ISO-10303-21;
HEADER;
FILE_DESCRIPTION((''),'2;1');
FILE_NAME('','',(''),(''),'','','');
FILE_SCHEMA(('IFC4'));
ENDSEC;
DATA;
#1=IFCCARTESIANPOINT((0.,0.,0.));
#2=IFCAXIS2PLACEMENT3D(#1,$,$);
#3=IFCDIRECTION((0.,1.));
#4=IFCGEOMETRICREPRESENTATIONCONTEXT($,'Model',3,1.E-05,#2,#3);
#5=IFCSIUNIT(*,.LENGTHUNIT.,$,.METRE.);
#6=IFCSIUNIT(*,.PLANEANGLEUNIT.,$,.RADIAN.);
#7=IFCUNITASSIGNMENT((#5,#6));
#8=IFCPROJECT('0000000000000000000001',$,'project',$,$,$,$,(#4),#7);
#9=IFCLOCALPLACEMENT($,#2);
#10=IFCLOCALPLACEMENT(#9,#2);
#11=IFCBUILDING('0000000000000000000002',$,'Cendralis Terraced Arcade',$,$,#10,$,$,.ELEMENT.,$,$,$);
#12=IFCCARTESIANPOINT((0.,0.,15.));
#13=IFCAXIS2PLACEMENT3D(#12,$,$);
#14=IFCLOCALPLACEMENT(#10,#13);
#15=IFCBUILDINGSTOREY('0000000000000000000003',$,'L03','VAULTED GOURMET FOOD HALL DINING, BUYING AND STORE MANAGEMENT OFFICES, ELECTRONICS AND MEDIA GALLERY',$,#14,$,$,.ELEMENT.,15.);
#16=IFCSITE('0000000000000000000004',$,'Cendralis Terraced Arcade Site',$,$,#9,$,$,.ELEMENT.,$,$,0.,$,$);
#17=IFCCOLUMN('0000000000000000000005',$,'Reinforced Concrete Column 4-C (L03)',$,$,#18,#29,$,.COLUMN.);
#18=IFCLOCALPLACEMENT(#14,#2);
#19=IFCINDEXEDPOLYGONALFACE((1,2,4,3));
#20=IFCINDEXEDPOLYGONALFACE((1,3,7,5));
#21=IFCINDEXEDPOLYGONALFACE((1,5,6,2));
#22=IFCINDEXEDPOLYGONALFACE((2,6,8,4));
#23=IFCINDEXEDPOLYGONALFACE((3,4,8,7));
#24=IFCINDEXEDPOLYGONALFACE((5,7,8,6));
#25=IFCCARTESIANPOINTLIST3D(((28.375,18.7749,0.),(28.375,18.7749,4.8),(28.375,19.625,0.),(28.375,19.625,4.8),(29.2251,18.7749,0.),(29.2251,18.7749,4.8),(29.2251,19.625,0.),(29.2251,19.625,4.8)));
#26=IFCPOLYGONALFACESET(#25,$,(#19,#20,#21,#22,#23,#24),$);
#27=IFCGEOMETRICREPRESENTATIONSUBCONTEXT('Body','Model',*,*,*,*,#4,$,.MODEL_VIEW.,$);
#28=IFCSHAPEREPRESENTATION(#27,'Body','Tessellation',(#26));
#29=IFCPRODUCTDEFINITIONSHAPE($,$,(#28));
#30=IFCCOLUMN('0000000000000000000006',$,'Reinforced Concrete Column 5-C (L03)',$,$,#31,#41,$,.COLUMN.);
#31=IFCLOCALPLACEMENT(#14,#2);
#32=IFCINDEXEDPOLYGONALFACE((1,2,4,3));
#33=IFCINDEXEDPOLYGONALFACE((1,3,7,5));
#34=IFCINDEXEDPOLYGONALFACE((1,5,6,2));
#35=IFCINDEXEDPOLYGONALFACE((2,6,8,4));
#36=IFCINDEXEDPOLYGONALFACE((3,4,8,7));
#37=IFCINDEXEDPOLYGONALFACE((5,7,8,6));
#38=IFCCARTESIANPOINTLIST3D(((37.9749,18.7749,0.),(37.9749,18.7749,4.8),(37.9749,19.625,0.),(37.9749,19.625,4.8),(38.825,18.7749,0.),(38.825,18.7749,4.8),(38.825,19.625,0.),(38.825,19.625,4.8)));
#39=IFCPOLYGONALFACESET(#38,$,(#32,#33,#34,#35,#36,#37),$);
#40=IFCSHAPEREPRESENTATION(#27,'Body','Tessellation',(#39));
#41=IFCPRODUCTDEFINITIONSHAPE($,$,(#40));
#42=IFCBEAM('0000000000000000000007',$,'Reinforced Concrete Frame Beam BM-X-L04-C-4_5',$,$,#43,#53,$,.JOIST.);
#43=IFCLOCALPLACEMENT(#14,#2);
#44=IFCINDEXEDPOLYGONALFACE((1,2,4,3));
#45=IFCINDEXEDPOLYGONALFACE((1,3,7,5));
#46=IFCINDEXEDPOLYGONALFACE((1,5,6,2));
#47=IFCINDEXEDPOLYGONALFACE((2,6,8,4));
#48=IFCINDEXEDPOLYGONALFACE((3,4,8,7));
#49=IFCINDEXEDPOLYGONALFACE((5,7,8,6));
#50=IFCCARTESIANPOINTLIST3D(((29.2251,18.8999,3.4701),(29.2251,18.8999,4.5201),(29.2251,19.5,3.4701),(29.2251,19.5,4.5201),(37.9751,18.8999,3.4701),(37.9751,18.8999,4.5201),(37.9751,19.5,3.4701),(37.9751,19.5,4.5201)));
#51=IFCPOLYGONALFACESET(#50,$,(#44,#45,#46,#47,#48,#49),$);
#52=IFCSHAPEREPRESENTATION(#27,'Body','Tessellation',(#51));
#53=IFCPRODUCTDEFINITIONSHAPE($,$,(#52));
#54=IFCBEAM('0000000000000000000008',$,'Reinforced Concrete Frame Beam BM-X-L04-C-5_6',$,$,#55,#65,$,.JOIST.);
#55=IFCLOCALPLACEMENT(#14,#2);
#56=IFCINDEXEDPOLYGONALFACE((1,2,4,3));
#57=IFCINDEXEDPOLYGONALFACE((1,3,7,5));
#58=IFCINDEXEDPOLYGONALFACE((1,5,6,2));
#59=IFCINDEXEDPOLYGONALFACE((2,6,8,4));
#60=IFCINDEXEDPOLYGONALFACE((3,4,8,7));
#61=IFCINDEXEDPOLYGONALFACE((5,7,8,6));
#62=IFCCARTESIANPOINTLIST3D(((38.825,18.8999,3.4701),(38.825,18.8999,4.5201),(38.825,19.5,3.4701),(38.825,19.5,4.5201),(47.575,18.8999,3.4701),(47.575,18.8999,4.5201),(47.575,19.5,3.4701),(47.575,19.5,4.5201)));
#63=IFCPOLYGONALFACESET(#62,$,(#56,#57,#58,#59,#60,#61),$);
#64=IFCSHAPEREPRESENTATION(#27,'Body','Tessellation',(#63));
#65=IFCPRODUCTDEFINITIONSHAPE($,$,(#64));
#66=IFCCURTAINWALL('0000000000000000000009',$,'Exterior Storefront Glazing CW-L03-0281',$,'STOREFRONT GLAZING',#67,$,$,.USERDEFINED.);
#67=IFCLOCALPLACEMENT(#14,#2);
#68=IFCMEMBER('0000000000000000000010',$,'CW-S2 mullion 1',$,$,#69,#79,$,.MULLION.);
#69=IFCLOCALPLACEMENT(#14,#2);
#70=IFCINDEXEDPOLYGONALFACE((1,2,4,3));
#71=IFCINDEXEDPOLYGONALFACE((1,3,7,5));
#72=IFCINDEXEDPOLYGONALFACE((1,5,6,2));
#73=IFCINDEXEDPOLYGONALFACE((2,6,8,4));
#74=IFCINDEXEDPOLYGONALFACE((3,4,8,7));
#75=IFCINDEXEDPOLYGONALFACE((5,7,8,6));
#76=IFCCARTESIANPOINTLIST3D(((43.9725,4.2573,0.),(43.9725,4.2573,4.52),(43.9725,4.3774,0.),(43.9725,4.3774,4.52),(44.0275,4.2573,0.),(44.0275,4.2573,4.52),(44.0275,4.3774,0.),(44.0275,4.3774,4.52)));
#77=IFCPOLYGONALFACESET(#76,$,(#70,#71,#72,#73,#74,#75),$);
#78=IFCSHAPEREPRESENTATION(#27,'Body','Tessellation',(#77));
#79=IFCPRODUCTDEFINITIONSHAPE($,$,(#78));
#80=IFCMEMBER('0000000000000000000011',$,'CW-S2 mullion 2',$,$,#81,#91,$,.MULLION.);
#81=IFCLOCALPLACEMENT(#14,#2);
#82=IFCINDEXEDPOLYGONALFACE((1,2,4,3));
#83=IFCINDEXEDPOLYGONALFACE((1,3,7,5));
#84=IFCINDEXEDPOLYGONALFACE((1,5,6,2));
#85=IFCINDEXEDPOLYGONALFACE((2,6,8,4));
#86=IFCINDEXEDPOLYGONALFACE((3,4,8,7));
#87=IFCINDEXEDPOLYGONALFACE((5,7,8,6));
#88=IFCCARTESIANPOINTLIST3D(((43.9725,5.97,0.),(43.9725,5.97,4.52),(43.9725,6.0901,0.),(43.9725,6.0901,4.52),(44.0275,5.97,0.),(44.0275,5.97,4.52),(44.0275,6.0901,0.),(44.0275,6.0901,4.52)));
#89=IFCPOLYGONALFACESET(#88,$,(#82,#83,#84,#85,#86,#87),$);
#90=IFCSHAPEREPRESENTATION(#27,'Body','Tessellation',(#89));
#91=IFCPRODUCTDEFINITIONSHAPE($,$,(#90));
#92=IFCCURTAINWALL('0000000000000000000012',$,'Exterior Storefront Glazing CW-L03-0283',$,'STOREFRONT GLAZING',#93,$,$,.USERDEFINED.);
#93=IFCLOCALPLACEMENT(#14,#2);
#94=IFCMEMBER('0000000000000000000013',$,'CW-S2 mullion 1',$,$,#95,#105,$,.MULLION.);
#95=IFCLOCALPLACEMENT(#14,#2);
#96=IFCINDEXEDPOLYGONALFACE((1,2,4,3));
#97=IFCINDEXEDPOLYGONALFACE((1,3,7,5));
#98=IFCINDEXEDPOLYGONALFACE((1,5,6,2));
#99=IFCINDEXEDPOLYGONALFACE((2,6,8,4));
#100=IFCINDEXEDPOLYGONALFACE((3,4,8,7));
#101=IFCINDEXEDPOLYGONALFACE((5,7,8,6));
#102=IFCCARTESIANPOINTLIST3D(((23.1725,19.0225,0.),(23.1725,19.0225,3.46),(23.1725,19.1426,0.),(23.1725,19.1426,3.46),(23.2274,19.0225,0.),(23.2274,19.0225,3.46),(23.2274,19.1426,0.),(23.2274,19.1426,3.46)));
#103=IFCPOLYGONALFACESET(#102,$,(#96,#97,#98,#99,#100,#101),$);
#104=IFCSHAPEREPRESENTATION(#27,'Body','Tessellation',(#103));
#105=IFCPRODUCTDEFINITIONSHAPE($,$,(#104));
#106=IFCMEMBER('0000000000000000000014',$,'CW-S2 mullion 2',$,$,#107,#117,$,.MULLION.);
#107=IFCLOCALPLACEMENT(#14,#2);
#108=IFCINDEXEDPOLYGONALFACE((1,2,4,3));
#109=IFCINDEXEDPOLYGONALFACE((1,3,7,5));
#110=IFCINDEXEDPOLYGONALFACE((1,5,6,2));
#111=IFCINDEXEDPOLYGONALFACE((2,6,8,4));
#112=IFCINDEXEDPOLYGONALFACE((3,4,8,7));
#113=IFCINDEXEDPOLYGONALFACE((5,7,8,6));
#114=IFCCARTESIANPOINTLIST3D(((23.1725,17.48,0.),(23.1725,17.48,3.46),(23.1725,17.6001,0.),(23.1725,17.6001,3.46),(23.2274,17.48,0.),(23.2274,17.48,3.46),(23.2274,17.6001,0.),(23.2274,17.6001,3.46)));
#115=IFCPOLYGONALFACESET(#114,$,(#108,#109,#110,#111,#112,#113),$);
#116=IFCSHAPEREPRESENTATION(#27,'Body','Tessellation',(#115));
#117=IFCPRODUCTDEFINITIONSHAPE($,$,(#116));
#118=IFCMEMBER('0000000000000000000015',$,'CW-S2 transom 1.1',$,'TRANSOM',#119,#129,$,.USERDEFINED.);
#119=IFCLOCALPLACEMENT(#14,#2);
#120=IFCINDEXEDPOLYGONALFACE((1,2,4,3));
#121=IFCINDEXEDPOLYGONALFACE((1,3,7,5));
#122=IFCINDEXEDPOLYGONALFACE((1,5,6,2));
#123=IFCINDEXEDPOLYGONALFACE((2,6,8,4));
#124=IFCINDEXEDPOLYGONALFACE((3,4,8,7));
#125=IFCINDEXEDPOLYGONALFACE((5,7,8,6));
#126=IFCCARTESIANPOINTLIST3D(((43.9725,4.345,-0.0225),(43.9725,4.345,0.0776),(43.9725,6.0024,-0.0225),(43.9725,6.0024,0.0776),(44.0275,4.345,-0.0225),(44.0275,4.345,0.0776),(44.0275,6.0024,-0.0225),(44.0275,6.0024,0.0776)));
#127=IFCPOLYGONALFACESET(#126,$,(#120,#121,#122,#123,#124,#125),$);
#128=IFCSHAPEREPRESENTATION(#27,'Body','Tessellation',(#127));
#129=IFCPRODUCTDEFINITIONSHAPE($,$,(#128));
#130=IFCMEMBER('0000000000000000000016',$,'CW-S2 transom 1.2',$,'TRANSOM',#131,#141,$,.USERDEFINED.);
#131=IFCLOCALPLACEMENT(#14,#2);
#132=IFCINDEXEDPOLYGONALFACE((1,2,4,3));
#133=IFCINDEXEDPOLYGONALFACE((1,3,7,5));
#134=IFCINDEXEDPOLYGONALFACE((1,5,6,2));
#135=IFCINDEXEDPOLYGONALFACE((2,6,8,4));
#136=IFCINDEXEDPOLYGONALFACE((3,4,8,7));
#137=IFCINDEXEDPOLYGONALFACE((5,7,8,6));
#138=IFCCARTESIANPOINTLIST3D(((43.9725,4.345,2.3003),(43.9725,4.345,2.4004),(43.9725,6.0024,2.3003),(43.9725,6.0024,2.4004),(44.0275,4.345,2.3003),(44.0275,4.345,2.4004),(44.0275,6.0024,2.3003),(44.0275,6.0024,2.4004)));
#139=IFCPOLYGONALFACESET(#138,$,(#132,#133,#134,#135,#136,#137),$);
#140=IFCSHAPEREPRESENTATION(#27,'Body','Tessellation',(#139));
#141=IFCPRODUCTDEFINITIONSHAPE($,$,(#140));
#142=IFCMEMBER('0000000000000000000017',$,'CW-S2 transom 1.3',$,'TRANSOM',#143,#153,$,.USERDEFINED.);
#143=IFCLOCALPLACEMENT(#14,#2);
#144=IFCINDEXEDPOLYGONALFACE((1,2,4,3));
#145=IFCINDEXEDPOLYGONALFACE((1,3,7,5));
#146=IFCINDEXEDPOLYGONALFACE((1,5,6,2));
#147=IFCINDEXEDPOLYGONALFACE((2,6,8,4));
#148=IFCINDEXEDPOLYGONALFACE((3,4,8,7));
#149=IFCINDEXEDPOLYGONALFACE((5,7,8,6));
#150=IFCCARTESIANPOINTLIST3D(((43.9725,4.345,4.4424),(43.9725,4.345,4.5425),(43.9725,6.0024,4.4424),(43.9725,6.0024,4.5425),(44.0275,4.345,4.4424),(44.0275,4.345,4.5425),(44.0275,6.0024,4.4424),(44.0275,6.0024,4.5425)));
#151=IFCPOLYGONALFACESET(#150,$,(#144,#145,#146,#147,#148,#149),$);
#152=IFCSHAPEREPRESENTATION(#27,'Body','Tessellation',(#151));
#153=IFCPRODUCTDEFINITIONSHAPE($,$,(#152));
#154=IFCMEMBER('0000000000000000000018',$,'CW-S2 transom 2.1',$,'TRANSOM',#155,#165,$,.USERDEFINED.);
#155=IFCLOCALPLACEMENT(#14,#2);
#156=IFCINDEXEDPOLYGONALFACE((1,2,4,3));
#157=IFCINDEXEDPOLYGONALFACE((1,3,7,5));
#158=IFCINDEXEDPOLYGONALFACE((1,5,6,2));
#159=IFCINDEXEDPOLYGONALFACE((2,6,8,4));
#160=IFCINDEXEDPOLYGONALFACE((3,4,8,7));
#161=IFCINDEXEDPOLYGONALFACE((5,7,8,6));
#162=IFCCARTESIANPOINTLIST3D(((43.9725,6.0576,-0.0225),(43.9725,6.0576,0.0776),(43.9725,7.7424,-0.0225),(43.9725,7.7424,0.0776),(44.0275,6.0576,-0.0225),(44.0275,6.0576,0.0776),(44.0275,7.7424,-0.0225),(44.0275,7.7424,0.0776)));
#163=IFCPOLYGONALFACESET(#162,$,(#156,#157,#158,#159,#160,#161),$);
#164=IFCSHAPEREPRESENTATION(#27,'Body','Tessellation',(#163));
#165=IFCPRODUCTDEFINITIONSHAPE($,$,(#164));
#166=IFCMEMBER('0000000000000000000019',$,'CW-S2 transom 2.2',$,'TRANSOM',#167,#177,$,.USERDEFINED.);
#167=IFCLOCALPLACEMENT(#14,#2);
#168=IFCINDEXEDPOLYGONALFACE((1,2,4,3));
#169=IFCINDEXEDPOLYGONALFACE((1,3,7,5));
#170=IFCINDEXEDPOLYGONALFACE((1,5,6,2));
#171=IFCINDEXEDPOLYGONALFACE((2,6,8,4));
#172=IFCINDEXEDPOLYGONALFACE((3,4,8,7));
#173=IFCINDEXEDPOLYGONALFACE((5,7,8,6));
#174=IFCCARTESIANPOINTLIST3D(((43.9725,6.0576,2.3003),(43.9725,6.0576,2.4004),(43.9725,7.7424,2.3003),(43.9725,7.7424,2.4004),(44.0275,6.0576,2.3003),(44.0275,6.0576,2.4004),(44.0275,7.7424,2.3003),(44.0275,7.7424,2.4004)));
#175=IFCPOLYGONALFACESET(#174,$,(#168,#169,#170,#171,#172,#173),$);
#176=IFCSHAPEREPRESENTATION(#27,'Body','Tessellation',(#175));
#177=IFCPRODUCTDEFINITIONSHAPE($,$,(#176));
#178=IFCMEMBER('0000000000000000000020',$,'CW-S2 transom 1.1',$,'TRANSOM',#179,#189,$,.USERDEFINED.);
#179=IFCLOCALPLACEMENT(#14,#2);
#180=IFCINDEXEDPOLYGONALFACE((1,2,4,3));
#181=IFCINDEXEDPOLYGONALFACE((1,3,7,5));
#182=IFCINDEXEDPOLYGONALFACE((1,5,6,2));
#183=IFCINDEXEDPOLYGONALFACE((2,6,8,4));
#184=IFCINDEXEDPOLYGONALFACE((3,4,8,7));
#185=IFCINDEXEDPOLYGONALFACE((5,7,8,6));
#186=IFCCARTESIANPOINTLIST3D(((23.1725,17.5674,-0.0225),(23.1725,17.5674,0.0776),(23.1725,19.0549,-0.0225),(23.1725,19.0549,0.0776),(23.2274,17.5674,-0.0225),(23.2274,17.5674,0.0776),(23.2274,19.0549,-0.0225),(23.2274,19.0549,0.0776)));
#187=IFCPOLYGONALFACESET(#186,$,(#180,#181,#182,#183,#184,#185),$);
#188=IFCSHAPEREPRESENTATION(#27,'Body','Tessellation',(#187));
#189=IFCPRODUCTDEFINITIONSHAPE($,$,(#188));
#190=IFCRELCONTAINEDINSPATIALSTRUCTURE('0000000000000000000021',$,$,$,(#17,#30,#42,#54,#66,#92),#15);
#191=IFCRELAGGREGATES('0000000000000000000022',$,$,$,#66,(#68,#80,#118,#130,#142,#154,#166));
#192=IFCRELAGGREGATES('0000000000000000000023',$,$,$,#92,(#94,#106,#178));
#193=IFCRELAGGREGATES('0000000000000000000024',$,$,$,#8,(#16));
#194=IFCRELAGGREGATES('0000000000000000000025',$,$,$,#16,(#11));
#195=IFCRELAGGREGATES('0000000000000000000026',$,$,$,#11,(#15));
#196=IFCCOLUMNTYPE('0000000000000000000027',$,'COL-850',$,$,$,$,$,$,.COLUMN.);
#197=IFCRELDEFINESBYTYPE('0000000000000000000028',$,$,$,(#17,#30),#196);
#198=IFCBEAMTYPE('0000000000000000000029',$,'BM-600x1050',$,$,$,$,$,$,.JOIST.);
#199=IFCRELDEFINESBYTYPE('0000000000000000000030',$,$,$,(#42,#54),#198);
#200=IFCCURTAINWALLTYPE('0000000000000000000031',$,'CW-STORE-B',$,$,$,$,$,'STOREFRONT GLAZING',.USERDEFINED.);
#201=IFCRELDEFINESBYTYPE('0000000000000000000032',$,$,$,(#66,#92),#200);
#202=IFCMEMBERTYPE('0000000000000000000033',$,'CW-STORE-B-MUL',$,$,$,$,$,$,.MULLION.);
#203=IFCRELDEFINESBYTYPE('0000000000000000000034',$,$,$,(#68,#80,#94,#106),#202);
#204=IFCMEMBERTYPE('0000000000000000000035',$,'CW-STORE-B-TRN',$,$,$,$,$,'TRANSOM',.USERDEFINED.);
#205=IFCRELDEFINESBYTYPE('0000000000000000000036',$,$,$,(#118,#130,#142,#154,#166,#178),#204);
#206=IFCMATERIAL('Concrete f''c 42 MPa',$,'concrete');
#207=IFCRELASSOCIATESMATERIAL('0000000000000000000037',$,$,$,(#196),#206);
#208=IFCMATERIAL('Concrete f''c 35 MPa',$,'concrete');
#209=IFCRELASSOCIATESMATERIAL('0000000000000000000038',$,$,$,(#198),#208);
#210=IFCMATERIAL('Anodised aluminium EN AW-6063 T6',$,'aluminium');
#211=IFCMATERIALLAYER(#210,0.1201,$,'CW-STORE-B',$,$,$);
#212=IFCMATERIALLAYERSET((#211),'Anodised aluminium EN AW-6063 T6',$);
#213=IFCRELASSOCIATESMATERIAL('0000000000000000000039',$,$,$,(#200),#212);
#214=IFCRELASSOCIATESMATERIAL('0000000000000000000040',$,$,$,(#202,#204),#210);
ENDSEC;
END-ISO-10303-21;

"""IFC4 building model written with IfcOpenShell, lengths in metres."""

from ifc_helpers import new_model, si_unit, direction, frame, origin, origin_2d, place, context, subcontext, project, spatial, rectangle, extrude, material, layer, layer_set, material_profile, profile_set, type_object, element, aggregate, save


model = new_model("IFC4")

# Units and contexts
model_context = context("Model", 3, precision=1e-05, world=origin(), true_north=direction((0.0, 1.0)))
body_context = subcontext(model_context, "Body", "Model", "MODEL_VIEW")
ifc_project = project(units=[si_unit("LENGTHUNIT", "METRE"), si_unit("PLANEANGLEUNIT", "RADIAN")], contexts=[model_context])

# Site, building, storey
site_placement = place(None, origin())
site = spatial("IfcSite", under=ifc_project, at=site_placement, Name="Cendralis Terraced Arcade Site", CompositionType="ELEMENT", RefElevation=0.0)
building_placement = place(site_placement, origin())
building = spatial("IfcBuilding", under=site, at=building_placement, Name="Cendralis Terraced Arcade", CompositionType="ELEMENT")
storey_placement = place(building_placement, frame((0.0, 0.0, 15.0)))
storey = spatial("IfcBuildingStorey", under=building, at=storey_placement, Name="L03", Description="VAULTED GOURMET FOOD HALL DINING, BUYING AND STORE MANAGEMENT OFFICES, ELECTRONICS AND MEDIA GALLERY", CompositionType="ELEMENT", Elevation=15.0)

# Columns
ifc_material_1 = material(Name="Concrete f'c 42 MPa", Category="concrete")
ifc_material_profile_1 = material_profile(ifc_material_1, rectangle(XDim=0.8501, YDim=0.8501, at=origin_2d()), Name="RC-COL-850x850", Category="LoadBearing")
ifc_profile_set_1 = profile_set([ifc_material_profile_1], Name="Concrete f'c 42 MPa")
column_type = type_object("IfcColumnType", Name="COL-850", PredefinedType="COLUMN", material=ifc_profile_set_1)
for number, where, z_axis, x_axis, name in (
    (1, (28.8, 19.2, 0.0), (0.0, 0.0, 1.0), (1.0, 0.0, 0.0), "Reinforced Concrete Column 4-C (L03)"),
    (2, (38.3999, 19.2, 0.0), (0.0, 0.0, 1.0), (1.0, 0.0, 0.0), "Reinforced Concrete Column 5-C (L03)"),
):
    element("IfcColumn", number, at=place(storey_placement, frame(where, z_axis=z_axis, x_axis=x_axis)), inside=storey, type_object=column_type, Name=name, PredefinedType="COLUMN", context=body_context, shape_type="SweptSolid", body=[
        extrude(rectangle(XDim=0.8501, YDim=0.8501, at=origin_2d()), origin(), (0.0, 0.0, 1.0), 4.8),
    ])

# Beams
ifc_material_2 = material(Name="Concrete f'c 35 MPa", Category="concrete")
ifc_material_profile_2 = material_profile(ifc_material_2, rectangle(XDim=0.6001, YDim=1.05, at=origin_2d()), Name="RC-BM-600x1050", Category="LoadBearing")
ifc_profile_set_2 = profile_set([ifc_material_profile_2], Name="Concrete f'c 35 MPa")
beam_type = type_object("IfcBeamType", Name="BM-600x1050", PredefinedType="JOIST", material=ifc_profile_set_2)
for number, where, z_axis, x_axis, name in (
    (3, (29.2251, 19.2, 3.9951), (1.0, 0.0, 0.0), (0.0, 1.0, 0.0), "Reinforced Concrete Frame Beam BM-X-L04-C-4_5"),
    (4, (38.825, 19.2, 3.9951), (1.0, 0.0, 0.0), (0.0, 1.0, 0.0), "Reinforced Concrete Frame Beam BM-X-L04-C-5_6"),
):
    element("IfcBeam", number, at=place(storey_placement, frame(where, z_axis=z_axis, x_axis=x_axis)), inside=storey, type_object=beam_type, Name=name, PredefinedType="JOIST", context=body_context, shape_type="SweptSolid", body=[
        extrude(rectangle(XDim=0.6001, YDim=1.05, at=origin_2d()), origin(), (0.0, 0.0, 1.0), 8.75),
    ])

# Curtain walls, members
ifc_material_3 = material(Name="Anodised aluminium EN AW-6063 T6", Category="aluminium")
ifc_layer_1 = layer(ifc_material_3, 0.1201, Name="CW-STORE-B")
ifc_layer_set_1 = layer_set([ifc_layer_1], Name="Anodised aluminium EN AW-6063 T6")
curtain_wall_type = type_object("IfcCurtainWallType", Name="CW-STORE-B", ElementType="STOREFRONT GLAZING", PredefinedType="USERDEFINED", material=ifc_layer_set_1)
curtain_wall_1_placement = place(storey_placement, origin())
curtain_wall_1 = element("IfcCurtainWall", 5, at=curtain_wall_1_placement, inside=storey, type_object=curtain_wall_type, Name="Exterior Storefront Glazing CW-L03-0281", ObjectType="STOREFRONT GLAZING", PredefinedType="USERDEFINED")
ifc_material_profile_3 = material_profile(ifc_material_3, rectangle(XDim=0.0549, YDim=0.1201, at=origin_2d()), Name="ALU-MUL-55x120")
ifc_profile_set_3 = profile_set([ifc_material_profile_3], Name="Anodised aluminium EN AW-6063 T6")
member_type_1 = type_object("IfcMemberType", Name="CW-STORE-B-MUL", PredefinedType="MULLION", material=ifc_profile_set_3)
member_1_placement = place(storey_placement, frame((44.0, 4.3174, 0.0), z_axis=(0.0, 0.0, 1.0), x_axis=(-1.0, 0.0, 0.0)))
member_1 = element("IfcMember", 6, at=member_1_placement, type_object=member_type_1, Name="CW-S2 mullion 1", PredefinedType="MULLION", context=body_context, shape_type="SweptSolid", body=[
    extrude(rectangle(XDim=0.0549, YDim=0.1201, at=origin_2d()), origin(), (0.0, 0.0, 1.0), 4.52),
])
member_2_placement = place(storey_placement, frame((44.0, 6.03, 0.0), z_axis=(0.0, 0.0, 1.0), x_axis=(-1.0, 0.0, 0.0)))
member_2 = element("IfcMember", 7, at=member_2_placement, type_object=member_type_1, Name="CW-S2 mullion 2", PredefinedType="MULLION", context=body_context, shape_type="SweptSolid", body=[
    extrude(rectangle(XDim=0.0549, YDim=0.1201, at=origin_2d()), origin(), (0.0, 0.0, 1.0), 4.52),
])
curtain_wall_2_placement = place(storey_placement, origin())
curtain_wall_2 = element("IfcCurtainWall", 8, at=curtain_wall_2_placement, inside=storey, type_object=curtain_wall_type, Name="Exterior Storefront Glazing CW-L03-0283", ObjectType="STOREFRONT GLAZING", PredefinedType="USERDEFINED")
member_3_placement = place(storey_placement, frame((23.2, 19.0825, 0.0), z_axis=(0.0, 0.0, 1.0), x_axis=(1.0, 0.0, 0.0)))
member_3 = element("IfcMember", 9, at=member_3_placement, type_object=member_type_1, Name="CW-S2 mullion 1", PredefinedType="MULLION", context=body_context, shape_type="SweptSolid", body=[
    extrude(rectangle(XDim=0.0549, YDim=0.1201, at=origin_2d()), origin(), (0.0, 0.0, 1.0), 3.46),
])
member_4_placement = place(storey_placement, frame((23.2, 17.54, 0.0), z_axis=(0.0, 0.0, 1.0), x_axis=(1.0, 0.0, 0.0)))
member_4 = element("IfcMember", 10, at=member_4_placement, type_object=member_type_1, Name="CW-S2 mullion 2", PredefinedType="MULLION", context=body_context, shape_type="SweptSolid", body=[
    extrude(rectangle(XDim=0.0549, YDim=0.1201, at=origin_2d()), origin(), (0.0, 0.0, 1.0), 3.46),
])

# Members
ifc_material_profile_4 = material_profile(ifc_material_3, rectangle(XDim=0.0549, YDim=0.1001, at=origin_2d()), Name="ALU-TRN-55x100")
ifc_profile_set_4 = profile_set([ifc_material_profile_4], Name="Anodised aluminium EN AW-6063 T6")
member_type_2 = type_object("IfcMemberType", Name="CW-STORE-B-TRN", ElementType="TRANSOM", PredefinedType="USERDEFINED", material=ifc_profile_set_4)
member_5_placement = place(storey_placement, frame((44.0, 4.345, 0.0276), z_axis=(0.0, 1.0, 0.0), x_axis=(-1.0, 0.0, 0.0)))
member_5 = element("IfcMember", 11, at=member_5_placement, type_object=member_type_2, Name="CW-S2 transom 1.1", ObjectType="TRANSOM", PredefinedType="USERDEFINED", context=body_context, shape_type="SweptSolid", body=[
    extrude(rectangle(XDim=0.0549, YDim=0.1001, at=origin_2d()), origin(), (0.0, 0.0, 1.0), 1.6575),
])
member_6_placement = place(storey_placement, frame((44.0, 4.345, 2.3503), z_axis=(0.0, 1.0, 0.0), x_axis=(-1.0, 0.0, 0.0)))
member_6 = element("IfcMember", 12, at=member_6_placement, type_object=member_type_2, Name="CW-S2 transom 1.2", ObjectType="TRANSOM", PredefinedType="USERDEFINED", context=body_context, shape_type="SweptSolid", body=[
    extrude(rectangle(XDim=0.0549, YDim=0.1001, at=origin_2d()), origin(), (0.0, 0.0, 1.0), 1.6575),
])
member_7_placement = place(storey_placement, frame((44.0, 4.345, 4.4924), z_axis=(0.0, 1.0, 0.0), x_axis=(-1.0, 0.0, 0.0)))
member_7 = element("IfcMember", 13, at=member_7_placement, type_object=member_type_2, Name="CW-S2 transom 1.3", ObjectType="TRANSOM", PredefinedType="USERDEFINED", context=body_context, shape_type="SweptSolid", body=[
    extrude(rectangle(XDim=0.0549, YDim=0.1001, at=origin_2d()), origin(), (0.0, 0.0, 1.0), 1.6575),
])
member_8_placement = place(storey_placement, frame((44.0, 6.0576, 0.0276), z_axis=(0.0, 1.0, 0.0), x_axis=(-1.0, 0.0, 0.0)))
member_8 = element("IfcMember", 14, at=member_8_placement, type_object=member_type_2, Name="CW-S2 transom 2.1", ObjectType="TRANSOM", PredefinedType="USERDEFINED", context=body_context, shape_type="SweptSolid", body=[
    extrude(rectangle(XDim=0.0549, YDim=0.1001, at=origin_2d()), origin(), (0.0, 0.0, 1.0), 1.6848),
])
member_9_placement = place(storey_placement, frame((44.0, 6.0576, 2.3503), z_axis=(0.0, 1.0, 0.0), x_axis=(-1.0, 0.0, 0.0)))
member_9 = element("IfcMember", 15, at=member_9_placement, type_object=member_type_2, Name="CW-S2 transom 2.2", ObjectType="TRANSOM", PredefinedType="USERDEFINED", context=body_context, shape_type="SweptSolid", body=[
    extrude(rectangle(XDim=0.0549, YDim=0.1001, at=origin_2d()), origin(), (0.0, 0.0, 1.0), 1.6848),
])
member_10_placement = place(storey_placement, frame((23.2, 19.0549, 0.0276), z_axis=(0.0, -1.0, 0.0), x_axis=(1.0, 0.0, 0.0)))
member_10 = element("IfcMember", 16, at=member_10_placement, type_object=member_type_2, Name="CW-S2 transom 1.1", ObjectType="TRANSOM", PredefinedType="USERDEFINED", context=body_context, shape_type="SweptSolid", body=[
    extrude(rectangle(XDim=0.0549, YDim=0.1001, at=origin_2d()), origin(), (0.0, 0.0, 1.0), 1.4875),
])

aggregate(curtain_wall_1, [member_1, member_2, member_5, member_6, member_7, member_8, member_9])
aggregate(curtain_wall_2, [member_3, member_4, member_10])

save(model, "model.ifc")
